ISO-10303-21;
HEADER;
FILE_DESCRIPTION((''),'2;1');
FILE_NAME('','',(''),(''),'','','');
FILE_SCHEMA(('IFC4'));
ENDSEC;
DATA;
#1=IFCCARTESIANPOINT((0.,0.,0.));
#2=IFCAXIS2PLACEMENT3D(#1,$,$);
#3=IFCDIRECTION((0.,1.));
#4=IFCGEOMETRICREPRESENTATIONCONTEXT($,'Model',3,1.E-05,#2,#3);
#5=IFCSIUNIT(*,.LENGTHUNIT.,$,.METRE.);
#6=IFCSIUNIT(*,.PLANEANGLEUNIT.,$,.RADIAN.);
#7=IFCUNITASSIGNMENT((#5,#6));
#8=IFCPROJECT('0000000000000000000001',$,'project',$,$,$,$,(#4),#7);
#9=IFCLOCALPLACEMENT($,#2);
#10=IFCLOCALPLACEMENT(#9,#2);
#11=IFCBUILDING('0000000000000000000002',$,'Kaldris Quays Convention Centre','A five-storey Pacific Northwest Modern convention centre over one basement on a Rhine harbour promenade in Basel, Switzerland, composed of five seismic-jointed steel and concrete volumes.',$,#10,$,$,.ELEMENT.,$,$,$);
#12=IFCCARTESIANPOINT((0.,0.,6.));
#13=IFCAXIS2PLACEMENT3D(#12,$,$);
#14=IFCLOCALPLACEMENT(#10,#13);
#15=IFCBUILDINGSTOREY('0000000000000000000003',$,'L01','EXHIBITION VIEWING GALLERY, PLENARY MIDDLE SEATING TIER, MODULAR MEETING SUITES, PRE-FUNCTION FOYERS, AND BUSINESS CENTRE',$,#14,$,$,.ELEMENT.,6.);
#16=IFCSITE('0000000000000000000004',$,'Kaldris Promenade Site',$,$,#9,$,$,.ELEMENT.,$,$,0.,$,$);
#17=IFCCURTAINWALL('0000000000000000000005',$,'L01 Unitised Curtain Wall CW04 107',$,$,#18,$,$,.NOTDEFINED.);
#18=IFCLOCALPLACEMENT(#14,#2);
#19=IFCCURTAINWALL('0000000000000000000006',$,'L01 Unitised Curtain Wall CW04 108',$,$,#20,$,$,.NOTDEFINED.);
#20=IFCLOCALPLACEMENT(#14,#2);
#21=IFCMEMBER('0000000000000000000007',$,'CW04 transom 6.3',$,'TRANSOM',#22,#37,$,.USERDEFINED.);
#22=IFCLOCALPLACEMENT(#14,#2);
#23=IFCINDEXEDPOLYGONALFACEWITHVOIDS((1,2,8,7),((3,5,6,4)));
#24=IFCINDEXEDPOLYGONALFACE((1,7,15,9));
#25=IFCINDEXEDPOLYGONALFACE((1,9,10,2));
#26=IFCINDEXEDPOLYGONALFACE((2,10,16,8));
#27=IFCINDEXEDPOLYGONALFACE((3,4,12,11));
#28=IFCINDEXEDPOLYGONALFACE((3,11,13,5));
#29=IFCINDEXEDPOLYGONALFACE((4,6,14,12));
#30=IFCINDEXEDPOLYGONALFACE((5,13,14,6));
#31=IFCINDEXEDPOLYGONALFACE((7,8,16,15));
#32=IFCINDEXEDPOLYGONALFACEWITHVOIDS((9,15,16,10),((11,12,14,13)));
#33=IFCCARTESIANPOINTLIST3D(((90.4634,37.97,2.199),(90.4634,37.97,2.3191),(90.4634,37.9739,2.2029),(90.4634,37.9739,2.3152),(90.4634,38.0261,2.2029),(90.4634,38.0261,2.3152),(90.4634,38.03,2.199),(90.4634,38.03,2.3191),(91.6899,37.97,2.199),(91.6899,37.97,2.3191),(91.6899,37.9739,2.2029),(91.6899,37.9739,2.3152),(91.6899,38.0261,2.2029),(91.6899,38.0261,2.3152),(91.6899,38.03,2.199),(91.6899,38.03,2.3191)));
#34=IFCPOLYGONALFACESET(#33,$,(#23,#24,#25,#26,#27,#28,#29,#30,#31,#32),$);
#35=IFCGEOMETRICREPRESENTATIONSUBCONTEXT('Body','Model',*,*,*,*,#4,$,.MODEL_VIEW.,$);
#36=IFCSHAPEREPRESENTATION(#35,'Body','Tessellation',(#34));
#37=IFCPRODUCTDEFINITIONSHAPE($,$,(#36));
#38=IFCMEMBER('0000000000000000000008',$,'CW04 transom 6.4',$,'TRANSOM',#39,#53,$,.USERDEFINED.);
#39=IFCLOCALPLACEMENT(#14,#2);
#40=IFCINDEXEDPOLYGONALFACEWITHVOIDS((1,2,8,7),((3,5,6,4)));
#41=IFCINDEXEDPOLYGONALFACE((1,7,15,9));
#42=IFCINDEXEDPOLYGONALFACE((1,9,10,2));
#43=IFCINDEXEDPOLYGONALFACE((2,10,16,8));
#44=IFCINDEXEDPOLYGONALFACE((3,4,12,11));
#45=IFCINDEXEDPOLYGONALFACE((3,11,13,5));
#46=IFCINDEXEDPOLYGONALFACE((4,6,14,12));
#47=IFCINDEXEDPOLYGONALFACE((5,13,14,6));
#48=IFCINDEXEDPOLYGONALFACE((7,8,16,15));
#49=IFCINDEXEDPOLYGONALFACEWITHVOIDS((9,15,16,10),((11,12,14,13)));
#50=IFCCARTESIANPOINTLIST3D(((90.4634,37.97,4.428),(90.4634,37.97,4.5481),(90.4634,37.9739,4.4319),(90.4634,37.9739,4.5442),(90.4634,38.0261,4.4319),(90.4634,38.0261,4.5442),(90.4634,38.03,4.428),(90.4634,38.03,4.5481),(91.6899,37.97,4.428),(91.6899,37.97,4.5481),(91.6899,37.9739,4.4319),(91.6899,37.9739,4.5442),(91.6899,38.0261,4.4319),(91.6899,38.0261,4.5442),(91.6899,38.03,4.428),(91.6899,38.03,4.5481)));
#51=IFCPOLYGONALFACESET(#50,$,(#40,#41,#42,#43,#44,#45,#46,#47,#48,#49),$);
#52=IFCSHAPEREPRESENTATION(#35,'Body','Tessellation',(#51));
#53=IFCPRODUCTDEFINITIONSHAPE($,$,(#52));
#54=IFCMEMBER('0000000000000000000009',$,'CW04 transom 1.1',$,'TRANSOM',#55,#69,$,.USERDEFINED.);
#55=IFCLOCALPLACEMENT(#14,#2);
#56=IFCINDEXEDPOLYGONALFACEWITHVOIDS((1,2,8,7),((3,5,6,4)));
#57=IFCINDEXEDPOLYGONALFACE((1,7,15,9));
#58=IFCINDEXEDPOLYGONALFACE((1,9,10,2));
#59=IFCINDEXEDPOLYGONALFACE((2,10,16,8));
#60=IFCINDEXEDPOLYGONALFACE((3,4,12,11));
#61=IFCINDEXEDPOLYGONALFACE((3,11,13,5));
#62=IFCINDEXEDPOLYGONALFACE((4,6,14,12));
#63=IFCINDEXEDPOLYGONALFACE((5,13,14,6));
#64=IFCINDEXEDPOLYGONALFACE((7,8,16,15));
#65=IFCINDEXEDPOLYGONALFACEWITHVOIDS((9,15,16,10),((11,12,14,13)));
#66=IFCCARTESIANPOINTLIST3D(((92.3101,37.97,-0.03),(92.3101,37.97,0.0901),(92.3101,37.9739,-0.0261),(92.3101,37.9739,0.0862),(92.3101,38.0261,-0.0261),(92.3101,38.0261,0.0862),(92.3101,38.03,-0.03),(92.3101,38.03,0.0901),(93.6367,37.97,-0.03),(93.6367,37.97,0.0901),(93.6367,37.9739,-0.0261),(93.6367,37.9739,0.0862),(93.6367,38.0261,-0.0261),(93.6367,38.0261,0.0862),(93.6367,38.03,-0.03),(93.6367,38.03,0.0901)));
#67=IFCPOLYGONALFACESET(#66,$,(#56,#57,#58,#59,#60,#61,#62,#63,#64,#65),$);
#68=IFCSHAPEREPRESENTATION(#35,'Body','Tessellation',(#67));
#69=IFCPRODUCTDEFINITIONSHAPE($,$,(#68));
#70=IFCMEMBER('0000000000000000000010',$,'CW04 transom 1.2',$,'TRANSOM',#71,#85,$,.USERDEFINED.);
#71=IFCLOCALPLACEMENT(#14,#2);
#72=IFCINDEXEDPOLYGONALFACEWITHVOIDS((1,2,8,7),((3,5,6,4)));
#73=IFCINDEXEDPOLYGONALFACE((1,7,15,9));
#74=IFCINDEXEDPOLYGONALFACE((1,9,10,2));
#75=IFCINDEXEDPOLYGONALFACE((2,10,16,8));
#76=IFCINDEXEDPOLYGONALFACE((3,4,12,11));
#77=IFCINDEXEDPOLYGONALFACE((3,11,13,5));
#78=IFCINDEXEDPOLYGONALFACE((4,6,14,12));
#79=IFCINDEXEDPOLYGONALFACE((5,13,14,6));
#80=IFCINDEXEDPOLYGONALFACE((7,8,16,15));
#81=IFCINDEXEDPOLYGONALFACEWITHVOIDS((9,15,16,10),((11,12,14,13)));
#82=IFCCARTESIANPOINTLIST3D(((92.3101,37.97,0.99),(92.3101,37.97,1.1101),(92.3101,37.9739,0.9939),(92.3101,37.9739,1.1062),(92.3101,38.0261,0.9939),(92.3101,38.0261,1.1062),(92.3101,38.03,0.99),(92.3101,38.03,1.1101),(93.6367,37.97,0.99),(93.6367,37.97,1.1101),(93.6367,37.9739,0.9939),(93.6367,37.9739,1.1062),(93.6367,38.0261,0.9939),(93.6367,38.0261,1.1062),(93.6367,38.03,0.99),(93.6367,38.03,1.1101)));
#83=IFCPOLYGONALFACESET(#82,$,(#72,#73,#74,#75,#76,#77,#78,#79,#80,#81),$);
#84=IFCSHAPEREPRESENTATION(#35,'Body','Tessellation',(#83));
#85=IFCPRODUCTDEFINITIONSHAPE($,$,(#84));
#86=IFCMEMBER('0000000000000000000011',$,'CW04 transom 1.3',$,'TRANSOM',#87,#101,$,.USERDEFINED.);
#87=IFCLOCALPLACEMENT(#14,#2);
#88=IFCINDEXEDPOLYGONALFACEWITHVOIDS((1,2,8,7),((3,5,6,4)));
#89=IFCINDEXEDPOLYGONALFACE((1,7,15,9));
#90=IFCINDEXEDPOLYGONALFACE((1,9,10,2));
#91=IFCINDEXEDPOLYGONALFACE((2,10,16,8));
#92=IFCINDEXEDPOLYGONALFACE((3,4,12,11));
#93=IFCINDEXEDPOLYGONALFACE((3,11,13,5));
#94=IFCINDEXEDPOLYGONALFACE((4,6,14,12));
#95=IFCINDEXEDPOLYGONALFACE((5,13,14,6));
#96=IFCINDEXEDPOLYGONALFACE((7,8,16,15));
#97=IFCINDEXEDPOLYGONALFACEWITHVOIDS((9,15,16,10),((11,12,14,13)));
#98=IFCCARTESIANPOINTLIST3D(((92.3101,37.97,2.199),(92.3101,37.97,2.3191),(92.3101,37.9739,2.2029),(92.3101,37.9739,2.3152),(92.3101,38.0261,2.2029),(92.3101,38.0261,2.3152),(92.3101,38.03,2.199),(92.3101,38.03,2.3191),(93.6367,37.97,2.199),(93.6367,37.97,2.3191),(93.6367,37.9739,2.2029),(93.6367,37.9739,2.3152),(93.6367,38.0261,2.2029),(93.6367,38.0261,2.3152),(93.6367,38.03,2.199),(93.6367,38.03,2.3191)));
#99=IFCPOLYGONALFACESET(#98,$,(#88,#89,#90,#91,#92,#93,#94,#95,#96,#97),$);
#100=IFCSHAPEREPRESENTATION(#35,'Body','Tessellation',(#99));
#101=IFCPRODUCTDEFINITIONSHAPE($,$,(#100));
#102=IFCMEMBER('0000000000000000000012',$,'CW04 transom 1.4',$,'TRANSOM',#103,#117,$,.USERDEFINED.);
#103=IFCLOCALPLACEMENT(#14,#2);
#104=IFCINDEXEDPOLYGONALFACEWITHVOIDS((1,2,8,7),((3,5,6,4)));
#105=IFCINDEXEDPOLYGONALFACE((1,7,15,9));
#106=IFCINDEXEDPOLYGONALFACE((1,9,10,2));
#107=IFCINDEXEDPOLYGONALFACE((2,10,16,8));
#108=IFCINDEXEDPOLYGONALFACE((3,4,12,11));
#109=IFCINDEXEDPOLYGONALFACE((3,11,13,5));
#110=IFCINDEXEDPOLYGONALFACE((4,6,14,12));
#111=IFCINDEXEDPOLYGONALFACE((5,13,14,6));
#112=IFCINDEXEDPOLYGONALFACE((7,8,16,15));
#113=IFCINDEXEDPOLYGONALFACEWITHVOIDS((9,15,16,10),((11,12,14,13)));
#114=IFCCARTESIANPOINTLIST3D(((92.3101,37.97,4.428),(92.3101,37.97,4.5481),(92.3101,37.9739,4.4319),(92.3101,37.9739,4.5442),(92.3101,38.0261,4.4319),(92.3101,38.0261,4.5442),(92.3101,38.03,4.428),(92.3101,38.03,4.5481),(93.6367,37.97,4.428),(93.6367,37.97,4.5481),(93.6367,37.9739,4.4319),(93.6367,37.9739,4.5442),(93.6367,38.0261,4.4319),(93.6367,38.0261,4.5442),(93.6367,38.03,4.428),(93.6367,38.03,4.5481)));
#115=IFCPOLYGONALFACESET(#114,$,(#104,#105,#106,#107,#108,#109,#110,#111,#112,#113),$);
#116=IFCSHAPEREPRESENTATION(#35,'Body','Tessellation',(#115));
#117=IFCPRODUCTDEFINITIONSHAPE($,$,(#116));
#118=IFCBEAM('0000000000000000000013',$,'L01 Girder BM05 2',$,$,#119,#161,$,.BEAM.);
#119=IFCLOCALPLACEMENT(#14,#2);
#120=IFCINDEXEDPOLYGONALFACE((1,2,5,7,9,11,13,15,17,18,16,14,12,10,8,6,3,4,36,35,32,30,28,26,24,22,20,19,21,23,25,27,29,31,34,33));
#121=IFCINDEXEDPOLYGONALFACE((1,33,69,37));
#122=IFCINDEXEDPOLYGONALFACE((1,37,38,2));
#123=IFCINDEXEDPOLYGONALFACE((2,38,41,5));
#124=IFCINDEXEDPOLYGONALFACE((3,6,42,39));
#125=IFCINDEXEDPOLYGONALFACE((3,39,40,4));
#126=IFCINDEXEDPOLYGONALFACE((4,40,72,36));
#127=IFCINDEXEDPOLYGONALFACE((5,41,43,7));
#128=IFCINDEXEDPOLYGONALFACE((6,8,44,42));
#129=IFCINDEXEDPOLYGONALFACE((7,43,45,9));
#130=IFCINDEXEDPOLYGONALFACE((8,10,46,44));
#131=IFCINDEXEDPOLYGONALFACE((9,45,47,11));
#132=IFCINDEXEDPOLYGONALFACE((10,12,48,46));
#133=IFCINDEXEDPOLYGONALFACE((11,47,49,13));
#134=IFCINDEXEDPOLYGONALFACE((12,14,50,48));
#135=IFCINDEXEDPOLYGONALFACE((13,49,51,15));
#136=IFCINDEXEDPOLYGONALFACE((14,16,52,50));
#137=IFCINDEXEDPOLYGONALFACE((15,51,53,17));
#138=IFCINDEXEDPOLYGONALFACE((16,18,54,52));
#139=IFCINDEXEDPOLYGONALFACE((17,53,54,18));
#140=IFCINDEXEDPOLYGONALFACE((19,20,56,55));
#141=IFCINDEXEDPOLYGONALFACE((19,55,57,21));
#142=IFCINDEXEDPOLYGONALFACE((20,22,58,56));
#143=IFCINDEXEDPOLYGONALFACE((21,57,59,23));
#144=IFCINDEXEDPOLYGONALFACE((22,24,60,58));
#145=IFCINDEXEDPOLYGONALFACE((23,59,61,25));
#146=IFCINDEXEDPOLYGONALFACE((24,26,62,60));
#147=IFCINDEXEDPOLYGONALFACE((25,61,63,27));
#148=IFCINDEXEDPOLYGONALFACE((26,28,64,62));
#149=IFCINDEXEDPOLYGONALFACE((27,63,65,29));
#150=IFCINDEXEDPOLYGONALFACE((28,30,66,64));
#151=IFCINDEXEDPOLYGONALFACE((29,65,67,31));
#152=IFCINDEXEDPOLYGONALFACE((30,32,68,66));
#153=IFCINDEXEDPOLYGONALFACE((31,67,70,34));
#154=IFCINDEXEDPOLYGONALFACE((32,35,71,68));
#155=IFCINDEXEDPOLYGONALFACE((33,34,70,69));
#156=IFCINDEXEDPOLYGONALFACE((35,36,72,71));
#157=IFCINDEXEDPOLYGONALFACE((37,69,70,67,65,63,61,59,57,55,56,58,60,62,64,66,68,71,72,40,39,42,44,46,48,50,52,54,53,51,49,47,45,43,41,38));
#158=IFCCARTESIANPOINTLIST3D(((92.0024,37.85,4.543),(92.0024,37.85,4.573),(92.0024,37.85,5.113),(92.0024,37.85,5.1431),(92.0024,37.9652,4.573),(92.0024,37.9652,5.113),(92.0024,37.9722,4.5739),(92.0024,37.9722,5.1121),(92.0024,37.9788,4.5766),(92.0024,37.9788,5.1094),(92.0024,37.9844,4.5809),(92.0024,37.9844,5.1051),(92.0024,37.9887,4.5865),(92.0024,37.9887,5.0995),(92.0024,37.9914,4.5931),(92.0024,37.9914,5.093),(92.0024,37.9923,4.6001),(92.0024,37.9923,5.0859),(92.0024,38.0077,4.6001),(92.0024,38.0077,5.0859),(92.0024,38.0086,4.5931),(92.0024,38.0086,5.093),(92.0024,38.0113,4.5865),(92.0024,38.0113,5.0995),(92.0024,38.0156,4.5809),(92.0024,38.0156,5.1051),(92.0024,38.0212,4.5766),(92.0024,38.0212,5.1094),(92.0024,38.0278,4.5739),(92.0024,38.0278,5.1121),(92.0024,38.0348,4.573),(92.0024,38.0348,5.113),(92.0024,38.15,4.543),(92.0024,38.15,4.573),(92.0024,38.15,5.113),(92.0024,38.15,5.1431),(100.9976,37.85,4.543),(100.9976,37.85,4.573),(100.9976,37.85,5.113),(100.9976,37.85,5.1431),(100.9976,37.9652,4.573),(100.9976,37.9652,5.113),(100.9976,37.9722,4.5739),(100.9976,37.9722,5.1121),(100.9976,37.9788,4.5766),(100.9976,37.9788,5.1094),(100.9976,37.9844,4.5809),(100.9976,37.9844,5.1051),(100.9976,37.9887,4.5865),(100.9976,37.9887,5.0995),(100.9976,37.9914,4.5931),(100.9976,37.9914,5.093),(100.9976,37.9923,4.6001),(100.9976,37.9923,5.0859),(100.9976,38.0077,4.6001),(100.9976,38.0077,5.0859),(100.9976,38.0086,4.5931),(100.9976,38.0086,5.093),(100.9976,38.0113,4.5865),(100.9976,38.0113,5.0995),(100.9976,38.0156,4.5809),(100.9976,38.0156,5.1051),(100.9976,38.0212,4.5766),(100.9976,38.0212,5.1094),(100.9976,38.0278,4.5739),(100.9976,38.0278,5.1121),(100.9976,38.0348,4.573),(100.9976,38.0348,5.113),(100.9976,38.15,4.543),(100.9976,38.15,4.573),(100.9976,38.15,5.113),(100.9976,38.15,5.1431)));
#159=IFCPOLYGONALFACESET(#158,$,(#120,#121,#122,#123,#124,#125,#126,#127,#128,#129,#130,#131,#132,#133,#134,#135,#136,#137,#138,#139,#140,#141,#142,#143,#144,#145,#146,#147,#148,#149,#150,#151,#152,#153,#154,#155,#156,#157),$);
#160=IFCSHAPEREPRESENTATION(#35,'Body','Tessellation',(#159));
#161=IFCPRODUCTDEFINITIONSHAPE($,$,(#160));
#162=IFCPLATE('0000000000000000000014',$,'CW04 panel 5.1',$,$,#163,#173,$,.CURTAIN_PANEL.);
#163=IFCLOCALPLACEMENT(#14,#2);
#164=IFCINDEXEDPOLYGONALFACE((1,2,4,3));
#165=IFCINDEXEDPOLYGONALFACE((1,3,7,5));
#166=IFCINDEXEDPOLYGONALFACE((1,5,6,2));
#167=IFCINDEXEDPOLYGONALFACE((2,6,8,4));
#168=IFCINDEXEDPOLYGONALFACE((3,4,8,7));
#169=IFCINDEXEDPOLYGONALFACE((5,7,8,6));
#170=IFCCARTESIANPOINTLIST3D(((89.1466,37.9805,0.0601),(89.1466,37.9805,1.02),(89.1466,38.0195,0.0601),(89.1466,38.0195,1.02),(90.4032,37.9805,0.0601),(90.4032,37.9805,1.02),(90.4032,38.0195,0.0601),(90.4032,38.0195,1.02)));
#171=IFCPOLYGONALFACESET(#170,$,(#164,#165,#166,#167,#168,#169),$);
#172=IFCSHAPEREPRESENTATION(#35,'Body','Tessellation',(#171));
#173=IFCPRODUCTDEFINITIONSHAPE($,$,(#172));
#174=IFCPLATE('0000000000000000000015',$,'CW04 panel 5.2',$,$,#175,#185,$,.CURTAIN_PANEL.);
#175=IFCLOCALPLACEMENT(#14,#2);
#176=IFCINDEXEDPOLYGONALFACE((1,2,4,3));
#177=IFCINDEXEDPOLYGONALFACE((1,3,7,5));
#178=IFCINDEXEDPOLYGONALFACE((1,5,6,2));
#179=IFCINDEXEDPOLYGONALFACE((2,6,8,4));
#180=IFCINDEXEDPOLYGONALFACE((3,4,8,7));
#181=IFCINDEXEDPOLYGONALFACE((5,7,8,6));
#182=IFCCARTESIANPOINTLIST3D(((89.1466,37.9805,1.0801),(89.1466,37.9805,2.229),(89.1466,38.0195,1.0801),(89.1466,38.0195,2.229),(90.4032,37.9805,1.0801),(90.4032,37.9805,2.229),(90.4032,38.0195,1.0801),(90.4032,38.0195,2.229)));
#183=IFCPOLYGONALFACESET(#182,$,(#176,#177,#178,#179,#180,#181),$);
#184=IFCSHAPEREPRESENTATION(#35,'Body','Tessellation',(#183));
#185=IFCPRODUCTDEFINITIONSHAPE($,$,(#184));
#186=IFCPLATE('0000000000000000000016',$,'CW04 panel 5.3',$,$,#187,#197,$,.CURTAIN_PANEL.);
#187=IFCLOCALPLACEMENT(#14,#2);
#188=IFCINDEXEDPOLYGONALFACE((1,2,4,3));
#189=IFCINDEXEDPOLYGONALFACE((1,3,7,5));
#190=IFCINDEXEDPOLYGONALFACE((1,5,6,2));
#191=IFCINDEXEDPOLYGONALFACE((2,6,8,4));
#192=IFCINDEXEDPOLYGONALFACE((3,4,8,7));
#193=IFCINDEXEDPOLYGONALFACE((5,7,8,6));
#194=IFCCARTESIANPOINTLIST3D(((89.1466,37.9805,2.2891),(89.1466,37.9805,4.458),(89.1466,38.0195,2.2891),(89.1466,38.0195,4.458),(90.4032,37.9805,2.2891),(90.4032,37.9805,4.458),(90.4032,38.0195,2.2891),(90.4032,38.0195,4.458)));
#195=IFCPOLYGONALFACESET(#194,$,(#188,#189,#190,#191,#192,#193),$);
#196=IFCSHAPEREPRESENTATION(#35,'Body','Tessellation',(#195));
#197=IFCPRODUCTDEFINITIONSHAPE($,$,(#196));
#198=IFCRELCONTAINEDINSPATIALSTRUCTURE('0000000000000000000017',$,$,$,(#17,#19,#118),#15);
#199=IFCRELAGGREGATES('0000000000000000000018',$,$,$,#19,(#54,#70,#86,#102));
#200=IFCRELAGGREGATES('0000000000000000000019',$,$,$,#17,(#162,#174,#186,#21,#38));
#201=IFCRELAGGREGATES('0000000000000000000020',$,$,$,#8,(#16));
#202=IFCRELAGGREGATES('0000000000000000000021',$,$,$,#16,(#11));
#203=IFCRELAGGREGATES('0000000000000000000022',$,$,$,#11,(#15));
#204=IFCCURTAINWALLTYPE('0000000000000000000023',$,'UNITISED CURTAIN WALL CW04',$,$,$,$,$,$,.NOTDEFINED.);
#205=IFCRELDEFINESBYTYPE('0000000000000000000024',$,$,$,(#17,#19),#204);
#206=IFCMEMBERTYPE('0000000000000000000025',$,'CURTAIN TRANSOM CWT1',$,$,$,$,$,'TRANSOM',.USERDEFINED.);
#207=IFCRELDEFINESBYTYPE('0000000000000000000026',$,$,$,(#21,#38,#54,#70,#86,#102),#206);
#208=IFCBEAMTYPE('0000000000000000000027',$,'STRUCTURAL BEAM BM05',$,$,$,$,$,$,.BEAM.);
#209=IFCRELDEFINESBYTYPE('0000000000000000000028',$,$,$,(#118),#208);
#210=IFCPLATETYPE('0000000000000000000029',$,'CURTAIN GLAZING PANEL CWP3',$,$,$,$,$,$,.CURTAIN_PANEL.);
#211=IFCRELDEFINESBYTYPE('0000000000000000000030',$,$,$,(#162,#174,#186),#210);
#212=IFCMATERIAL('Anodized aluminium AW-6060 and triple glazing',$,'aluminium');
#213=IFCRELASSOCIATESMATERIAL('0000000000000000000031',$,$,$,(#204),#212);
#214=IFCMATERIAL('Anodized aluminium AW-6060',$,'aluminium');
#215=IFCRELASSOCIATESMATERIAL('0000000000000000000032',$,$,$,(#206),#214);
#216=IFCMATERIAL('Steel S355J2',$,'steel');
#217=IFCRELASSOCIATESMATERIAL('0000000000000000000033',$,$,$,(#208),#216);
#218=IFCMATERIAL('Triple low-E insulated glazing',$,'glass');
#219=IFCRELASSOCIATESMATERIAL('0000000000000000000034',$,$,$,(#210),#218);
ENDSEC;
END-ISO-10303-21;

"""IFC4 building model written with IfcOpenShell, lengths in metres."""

from ifc_helpers import new_model, si_unit, direction, frame, origin, origin_2d, place, context, subcontext, project, spatial, rectangle, hollow_rectangle, i_section, extrude, material, material_profile, profile_set, type_object, element, aggregate, save


model = new_model("IFC4")

# Units and contexts
model_context = context("Model", 3, precision=1e-05, world=origin(), true_north=direction((0.0, 1.0)))
body_context = subcontext(model_context, "Body", "Model", "MODEL_VIEW")
ifc_project = project(units=[si_unit("LENGTHUNIT", "METRE"), si_unit("PLANEANGLEUNIT", "RADIAN")], contexts=[model_context])

# Site, building, storey
site_placement = place(None, origin())
site = spatial("IfcSite", under=ifc_project, at=site_placement, Name="Kaldris Promenade Site", CompositionType="ELEMENT", RefElevation=0.0)
building_placement = place(site_placement, origin())
building = spatial("IfcBuilding", under=site, at=building_placement, Name="Kaldris Quays Convention Centre", Description="A five-storey Pacific Northwest Modern convention centre over one basement on a Rhine harbour promenade in Basel, Switzerland, composed of five seismic-jointed steel and concrete volumes.", CompositionType="ELEMENT")
storey_placement = place(building_placement, frame((0.0, 0.0, 6.0)))
storey = spatial("IfcBuildingStorey", under=building, at=storey_placement, Name="L01", Description="EXHIBITION VIEWING GALLERY, PLENARY MIDDLE SEATING TIER, MODULAR MEETING SUITES, PRE-FUNCTION FOYERS, AND BUSINESS CENTRE", CompositionType="ELEMENT", Elevation=6.0)

# Shared definitions
ifc_material_1 = material(Name="Steel S355J2", Category="steel")

# Curtain wall
ifc_material_2 = material(Name="Anodized aluminium AW-6060 and triple glazing", Category="aluminium")
curtain_wall_type = type_object("IfcCurtainWallType", Name="UNITISED CURTAIN WALL CW04", PredefinedType="NOTDEFINED", material=ifc_material_2)
curtain_wall_1_placement = place(storey_placement, origin())
curtain_wall_1 = element("IfcCurtainWall", 1, at=curtain_wall_1_placement, inside=storey, type_object=curtain_wall_type, Name="L01 Unitised Curtain Wall CW04 107", PredefinedType="NOTDEFINED")
ifc_material_3 = material(Name="Anodized aluminium AW-6060", Category="aluminium")

# Curtain wall
curtain_wall_2_placement = place(storey_placement, origin())
curtain_wall_2 = element("IfcCurtainWall", 2, at=curtain_wall_2_placement, inside=storey, type_object=curtain_wall_type, Name="L01 Unitised Curtain Wall CW04 108", PredefinedType="NOTDEFINED")

# Members
ifc_material_profile_1 = material_profile(ifc_material_3, hollow_rectangle(XDim=0.0601, YDim=0.1201, WallThickness=0.0039, at=origin_2d()), Name="RHS 120x60x4")
ifc_profile_set_1 = profile_set([ifc_material_profile_1], Name="Anodized aluminium AW-6060")
member_type_1 = type_object("IfcMemberType", Name="CURTAIN TRANSOM CWT1", ElementType="TRANSOM", PredefinedType="USERDEFINED", material=ifc_profile_set_1)
member_1_placement = place(storey_placement, frame((90.4634, 38.0, 2.259), z_axis=(1.0, 0.0, 0.0), x_axis=(0.0, 1.0, 0.0)))
member_1 = element("IfcMember", 3, at=member_1_placement, type_object=member_type_1, Name="CW04 transom 6.3", ObjectType="TRANSOM", PredefinedType="USERDEFINED", context=body_context, shape_type="SweptSolid", body=[
    extrude(hollow_rectangle(XDim=0.0601, YDim=0.1201, WallThickness=0.0039, at=origin_2d()), origin(), (0.0, 0.0, 1.0), 1.2266),
])
member_2_placement = place(storey_placement, frame((90.4634, 38.0, 4.488), z_axis=(1.0, 0.0, 0.0), x_axis=(0.0, 1.0, 0.0)))
member_2 = element("IfcMember", 4, at=member_2_placement, type_object=member_type_1, Name="CW04 transom 6.4", ObjectType="TRANSOM", PredefinedType="USERDEFINED", context=body_context, shape_type="SweptSolid", body=[
    extrude(hollow_rectangle(XDim=0.0601, YDim=0.1201, WallThickness=0.0039, at=origin_2d()), origin(), (0.0, 0.0, 1.0), 1.2266),
])
member_3_placement = place(storey_placement, frame((92.3101, 38.0, 0.03), z_axis=(1.0, 0.0, 0.0), x_axis=(0.0, 1.0, 0.0)))
member_3 = element("IfcMember", 5, at=member_3_placement, type_object=member_type_1, Name="CW04 transom 1.1", ObjectType="TRANSOM", PredefinedType="USERDEFINED", context=body_context, shape_type="SweptSolid", body=[
    extrude(hollow_rectangle(XDim=0.0601, YDim=0.1201, WallThickness=0.0039, at=origin_2d()), origin(), (0.0, 0.0, 1.0), 1.3267),
])
member_4_placement = place(storey_placement, frame((92.3101, 38.0, 1.05), z_axis=(1.0, 0.0, 0.0), x_axis=(0.0, 1.0, 0.0)))
member_4 = element("IfcMember", 6, at=member_4_placement, type_object=member_type_1, Name="CW04 transom 1.2", ObjectType="TRANSOM", PredefinedType="USERDEFINED", context=body_context, shape_type="SweptSolid", body=[
    extrude(hollow_rectangle(XDim=0.0601, YDim=0.1201, WallThickness=0.0039, at=origin_2d()), origin(), (0.0, 0.0, 1.0), 1.3267),
])
member_5_placement = place(storey_placement, frame((92.3101, 38.0, 2.259), z_axis=(1.0, 0.0, 0.0), x_axis=(0.0, 1.0, 0.0)))
member_5 = element("IfcMember", 7, at=member_5_placement, type_object=member_type_1, Name="CW04 transom 1.3", ObjectType="TRANSOM", PredefinedType="USERDEFINED", context=body_context, shape_type="SweptSolid", body=[
    extrude(hollow_rectangle(XDim=0.0601, YDim=0.1201, WallThickness=0.0039, at=origin_2d()), origin(), (0.0, 0.0, 1.0), 1.3267),
])
member_6_placement = place(storey_placement, frame((92.3101, 38.0, 4.488), z_axis=(1.0, 0.0, 0.0), x_axis=(0.0, 1.0, 0.0)))
member_6 = element("IfcMember", 8, at=member_6_placement, type_object=member_type_1, Name="CW04 transom 1.4", ObjectType="TRANSOM", PredefinedType="USERDEFINED", context=body_context, shape_type="SweptSolid", body=[
    extrude(hollow_rectangle(XDim=0.0601, YDim=0.1201, WallThickness=0.0039, at=origin_2d()), origin(), (0.0, 0.0, 1.0), 1.3267),
])
aggregate(curtain_wall_2, [member_3, member_4, member_5, member_6])

# Beam
ifc_material_profile_2 = material_profile(ifc_material_1, i_section(OverallWidth=0.3, OverallDepth=0.6001, WebThickness=0.0154, FlangeThickness=0.03, FilletRadius=0.0271, at=origin_2d()), Name="HEB 600")
ifc_profile_set_2 = profile_set([ifc_material_profile_2], Name="Steel S355J2")
beam_type = type_object("IfcBeamType", Name="STRUCTURAL BEAM BM05", PredefinedType="BEAM", material=ifc_profile_set_2)
beam_placement = place(storey_placement, frame((92.0024, 38.0, 4.843), z_axis=(1.0, 0.0, 0.0), x_axis=(0.0, 1.0, 0.0)))
element("IfcBeam", 9, at=beam_placement, inside=storey, type_object=beam_type, Name="L01 Girder BM05 2", PredefinedType="BEAM", context=body_context, shape_type="SweptSolid", body=[
    extrude(i_section(OverallWidth=0.3, OverallDepth=0.6001, WebThickness=0.0154, FlangeThickness=0.03, FilletRadius=0.0271, at=origin_2d()), origin(), (0.0, 0.0, 1.0), 8.9951),
])

# Plates
ifc_material_4 = material(Name="Triple low-E insulated glazing", Category="glass")
plate_type = type_object("IfcPlateType", Name="CURTAIN GLAZING PANEL CWP3", PredefinedType="CURTAIN_PANEL", material=ifc_material_4)
plate_1_placement = place(storey_placement, frame((89.7749, 38.0, 0.0601), z_axis=(0.0, 0.0, 1.0), x_axis=(1.0, 0.0, 0.0)))
plate_1 = element("IfcPlate", 10, at=plate_1_placement, type_object=plate_type, Name="CW04 panel 5.1", PredefinedType="CURTAIN_PANEL", context=body_context, shape_type="SweptSolid", body=[
    extrude(rectangle(XDim=1.2566, YDim=0.0391, at=origin_2d()), origin(), (0.0, 0.0, 1.0), 0.96),
])
plate_2_placement = place(storey_placement, frame((89.7749, 38.0, 1.0801), z_axis=(0.0, 0.0, 1.0), x_axis=(1.0, 0.0, 0.0)))
plate_2 = element("IfcPlate", 11, at=plate_2_placement, type_object=plate_type, Name="CW04 panel 5.2", PredefinedType="CURTAIN_PANEL", context=body_context, shape_type="SweptSolid", body=[
    extrude(rectangle(XDim=1.2566, YDim=0.0391, at=origin_2d()), origin(), (0.0, 0.0, 1.0), 1.1489),
])
plate_3_placement = place(storey_placement, frame((89.7749, 38.0, 2.2891), z_axis=(0.0, 0.0, 1.0), x_axis=(1.0, 0.0, 0.0)))
plate_3 = element("IfcPlate", 12, at=plate_3_placement, type_object=plate_type, Name="CW04 panel 5.3", PredefinedType="CURTAIN_PANEL", context=body_context, shape_type="SweptSolid", body=[
    extrude(rectangle(XDim=1.2566, YDim=0.0391, at=origin_2d()), origin(), (0.0, 0.0, 1.0), 2.1689),
])
aggregate(curtain_wall_1, [plate_1, plate_2, plate_3, member_1, member_2])

save(model, "model.ifc")
